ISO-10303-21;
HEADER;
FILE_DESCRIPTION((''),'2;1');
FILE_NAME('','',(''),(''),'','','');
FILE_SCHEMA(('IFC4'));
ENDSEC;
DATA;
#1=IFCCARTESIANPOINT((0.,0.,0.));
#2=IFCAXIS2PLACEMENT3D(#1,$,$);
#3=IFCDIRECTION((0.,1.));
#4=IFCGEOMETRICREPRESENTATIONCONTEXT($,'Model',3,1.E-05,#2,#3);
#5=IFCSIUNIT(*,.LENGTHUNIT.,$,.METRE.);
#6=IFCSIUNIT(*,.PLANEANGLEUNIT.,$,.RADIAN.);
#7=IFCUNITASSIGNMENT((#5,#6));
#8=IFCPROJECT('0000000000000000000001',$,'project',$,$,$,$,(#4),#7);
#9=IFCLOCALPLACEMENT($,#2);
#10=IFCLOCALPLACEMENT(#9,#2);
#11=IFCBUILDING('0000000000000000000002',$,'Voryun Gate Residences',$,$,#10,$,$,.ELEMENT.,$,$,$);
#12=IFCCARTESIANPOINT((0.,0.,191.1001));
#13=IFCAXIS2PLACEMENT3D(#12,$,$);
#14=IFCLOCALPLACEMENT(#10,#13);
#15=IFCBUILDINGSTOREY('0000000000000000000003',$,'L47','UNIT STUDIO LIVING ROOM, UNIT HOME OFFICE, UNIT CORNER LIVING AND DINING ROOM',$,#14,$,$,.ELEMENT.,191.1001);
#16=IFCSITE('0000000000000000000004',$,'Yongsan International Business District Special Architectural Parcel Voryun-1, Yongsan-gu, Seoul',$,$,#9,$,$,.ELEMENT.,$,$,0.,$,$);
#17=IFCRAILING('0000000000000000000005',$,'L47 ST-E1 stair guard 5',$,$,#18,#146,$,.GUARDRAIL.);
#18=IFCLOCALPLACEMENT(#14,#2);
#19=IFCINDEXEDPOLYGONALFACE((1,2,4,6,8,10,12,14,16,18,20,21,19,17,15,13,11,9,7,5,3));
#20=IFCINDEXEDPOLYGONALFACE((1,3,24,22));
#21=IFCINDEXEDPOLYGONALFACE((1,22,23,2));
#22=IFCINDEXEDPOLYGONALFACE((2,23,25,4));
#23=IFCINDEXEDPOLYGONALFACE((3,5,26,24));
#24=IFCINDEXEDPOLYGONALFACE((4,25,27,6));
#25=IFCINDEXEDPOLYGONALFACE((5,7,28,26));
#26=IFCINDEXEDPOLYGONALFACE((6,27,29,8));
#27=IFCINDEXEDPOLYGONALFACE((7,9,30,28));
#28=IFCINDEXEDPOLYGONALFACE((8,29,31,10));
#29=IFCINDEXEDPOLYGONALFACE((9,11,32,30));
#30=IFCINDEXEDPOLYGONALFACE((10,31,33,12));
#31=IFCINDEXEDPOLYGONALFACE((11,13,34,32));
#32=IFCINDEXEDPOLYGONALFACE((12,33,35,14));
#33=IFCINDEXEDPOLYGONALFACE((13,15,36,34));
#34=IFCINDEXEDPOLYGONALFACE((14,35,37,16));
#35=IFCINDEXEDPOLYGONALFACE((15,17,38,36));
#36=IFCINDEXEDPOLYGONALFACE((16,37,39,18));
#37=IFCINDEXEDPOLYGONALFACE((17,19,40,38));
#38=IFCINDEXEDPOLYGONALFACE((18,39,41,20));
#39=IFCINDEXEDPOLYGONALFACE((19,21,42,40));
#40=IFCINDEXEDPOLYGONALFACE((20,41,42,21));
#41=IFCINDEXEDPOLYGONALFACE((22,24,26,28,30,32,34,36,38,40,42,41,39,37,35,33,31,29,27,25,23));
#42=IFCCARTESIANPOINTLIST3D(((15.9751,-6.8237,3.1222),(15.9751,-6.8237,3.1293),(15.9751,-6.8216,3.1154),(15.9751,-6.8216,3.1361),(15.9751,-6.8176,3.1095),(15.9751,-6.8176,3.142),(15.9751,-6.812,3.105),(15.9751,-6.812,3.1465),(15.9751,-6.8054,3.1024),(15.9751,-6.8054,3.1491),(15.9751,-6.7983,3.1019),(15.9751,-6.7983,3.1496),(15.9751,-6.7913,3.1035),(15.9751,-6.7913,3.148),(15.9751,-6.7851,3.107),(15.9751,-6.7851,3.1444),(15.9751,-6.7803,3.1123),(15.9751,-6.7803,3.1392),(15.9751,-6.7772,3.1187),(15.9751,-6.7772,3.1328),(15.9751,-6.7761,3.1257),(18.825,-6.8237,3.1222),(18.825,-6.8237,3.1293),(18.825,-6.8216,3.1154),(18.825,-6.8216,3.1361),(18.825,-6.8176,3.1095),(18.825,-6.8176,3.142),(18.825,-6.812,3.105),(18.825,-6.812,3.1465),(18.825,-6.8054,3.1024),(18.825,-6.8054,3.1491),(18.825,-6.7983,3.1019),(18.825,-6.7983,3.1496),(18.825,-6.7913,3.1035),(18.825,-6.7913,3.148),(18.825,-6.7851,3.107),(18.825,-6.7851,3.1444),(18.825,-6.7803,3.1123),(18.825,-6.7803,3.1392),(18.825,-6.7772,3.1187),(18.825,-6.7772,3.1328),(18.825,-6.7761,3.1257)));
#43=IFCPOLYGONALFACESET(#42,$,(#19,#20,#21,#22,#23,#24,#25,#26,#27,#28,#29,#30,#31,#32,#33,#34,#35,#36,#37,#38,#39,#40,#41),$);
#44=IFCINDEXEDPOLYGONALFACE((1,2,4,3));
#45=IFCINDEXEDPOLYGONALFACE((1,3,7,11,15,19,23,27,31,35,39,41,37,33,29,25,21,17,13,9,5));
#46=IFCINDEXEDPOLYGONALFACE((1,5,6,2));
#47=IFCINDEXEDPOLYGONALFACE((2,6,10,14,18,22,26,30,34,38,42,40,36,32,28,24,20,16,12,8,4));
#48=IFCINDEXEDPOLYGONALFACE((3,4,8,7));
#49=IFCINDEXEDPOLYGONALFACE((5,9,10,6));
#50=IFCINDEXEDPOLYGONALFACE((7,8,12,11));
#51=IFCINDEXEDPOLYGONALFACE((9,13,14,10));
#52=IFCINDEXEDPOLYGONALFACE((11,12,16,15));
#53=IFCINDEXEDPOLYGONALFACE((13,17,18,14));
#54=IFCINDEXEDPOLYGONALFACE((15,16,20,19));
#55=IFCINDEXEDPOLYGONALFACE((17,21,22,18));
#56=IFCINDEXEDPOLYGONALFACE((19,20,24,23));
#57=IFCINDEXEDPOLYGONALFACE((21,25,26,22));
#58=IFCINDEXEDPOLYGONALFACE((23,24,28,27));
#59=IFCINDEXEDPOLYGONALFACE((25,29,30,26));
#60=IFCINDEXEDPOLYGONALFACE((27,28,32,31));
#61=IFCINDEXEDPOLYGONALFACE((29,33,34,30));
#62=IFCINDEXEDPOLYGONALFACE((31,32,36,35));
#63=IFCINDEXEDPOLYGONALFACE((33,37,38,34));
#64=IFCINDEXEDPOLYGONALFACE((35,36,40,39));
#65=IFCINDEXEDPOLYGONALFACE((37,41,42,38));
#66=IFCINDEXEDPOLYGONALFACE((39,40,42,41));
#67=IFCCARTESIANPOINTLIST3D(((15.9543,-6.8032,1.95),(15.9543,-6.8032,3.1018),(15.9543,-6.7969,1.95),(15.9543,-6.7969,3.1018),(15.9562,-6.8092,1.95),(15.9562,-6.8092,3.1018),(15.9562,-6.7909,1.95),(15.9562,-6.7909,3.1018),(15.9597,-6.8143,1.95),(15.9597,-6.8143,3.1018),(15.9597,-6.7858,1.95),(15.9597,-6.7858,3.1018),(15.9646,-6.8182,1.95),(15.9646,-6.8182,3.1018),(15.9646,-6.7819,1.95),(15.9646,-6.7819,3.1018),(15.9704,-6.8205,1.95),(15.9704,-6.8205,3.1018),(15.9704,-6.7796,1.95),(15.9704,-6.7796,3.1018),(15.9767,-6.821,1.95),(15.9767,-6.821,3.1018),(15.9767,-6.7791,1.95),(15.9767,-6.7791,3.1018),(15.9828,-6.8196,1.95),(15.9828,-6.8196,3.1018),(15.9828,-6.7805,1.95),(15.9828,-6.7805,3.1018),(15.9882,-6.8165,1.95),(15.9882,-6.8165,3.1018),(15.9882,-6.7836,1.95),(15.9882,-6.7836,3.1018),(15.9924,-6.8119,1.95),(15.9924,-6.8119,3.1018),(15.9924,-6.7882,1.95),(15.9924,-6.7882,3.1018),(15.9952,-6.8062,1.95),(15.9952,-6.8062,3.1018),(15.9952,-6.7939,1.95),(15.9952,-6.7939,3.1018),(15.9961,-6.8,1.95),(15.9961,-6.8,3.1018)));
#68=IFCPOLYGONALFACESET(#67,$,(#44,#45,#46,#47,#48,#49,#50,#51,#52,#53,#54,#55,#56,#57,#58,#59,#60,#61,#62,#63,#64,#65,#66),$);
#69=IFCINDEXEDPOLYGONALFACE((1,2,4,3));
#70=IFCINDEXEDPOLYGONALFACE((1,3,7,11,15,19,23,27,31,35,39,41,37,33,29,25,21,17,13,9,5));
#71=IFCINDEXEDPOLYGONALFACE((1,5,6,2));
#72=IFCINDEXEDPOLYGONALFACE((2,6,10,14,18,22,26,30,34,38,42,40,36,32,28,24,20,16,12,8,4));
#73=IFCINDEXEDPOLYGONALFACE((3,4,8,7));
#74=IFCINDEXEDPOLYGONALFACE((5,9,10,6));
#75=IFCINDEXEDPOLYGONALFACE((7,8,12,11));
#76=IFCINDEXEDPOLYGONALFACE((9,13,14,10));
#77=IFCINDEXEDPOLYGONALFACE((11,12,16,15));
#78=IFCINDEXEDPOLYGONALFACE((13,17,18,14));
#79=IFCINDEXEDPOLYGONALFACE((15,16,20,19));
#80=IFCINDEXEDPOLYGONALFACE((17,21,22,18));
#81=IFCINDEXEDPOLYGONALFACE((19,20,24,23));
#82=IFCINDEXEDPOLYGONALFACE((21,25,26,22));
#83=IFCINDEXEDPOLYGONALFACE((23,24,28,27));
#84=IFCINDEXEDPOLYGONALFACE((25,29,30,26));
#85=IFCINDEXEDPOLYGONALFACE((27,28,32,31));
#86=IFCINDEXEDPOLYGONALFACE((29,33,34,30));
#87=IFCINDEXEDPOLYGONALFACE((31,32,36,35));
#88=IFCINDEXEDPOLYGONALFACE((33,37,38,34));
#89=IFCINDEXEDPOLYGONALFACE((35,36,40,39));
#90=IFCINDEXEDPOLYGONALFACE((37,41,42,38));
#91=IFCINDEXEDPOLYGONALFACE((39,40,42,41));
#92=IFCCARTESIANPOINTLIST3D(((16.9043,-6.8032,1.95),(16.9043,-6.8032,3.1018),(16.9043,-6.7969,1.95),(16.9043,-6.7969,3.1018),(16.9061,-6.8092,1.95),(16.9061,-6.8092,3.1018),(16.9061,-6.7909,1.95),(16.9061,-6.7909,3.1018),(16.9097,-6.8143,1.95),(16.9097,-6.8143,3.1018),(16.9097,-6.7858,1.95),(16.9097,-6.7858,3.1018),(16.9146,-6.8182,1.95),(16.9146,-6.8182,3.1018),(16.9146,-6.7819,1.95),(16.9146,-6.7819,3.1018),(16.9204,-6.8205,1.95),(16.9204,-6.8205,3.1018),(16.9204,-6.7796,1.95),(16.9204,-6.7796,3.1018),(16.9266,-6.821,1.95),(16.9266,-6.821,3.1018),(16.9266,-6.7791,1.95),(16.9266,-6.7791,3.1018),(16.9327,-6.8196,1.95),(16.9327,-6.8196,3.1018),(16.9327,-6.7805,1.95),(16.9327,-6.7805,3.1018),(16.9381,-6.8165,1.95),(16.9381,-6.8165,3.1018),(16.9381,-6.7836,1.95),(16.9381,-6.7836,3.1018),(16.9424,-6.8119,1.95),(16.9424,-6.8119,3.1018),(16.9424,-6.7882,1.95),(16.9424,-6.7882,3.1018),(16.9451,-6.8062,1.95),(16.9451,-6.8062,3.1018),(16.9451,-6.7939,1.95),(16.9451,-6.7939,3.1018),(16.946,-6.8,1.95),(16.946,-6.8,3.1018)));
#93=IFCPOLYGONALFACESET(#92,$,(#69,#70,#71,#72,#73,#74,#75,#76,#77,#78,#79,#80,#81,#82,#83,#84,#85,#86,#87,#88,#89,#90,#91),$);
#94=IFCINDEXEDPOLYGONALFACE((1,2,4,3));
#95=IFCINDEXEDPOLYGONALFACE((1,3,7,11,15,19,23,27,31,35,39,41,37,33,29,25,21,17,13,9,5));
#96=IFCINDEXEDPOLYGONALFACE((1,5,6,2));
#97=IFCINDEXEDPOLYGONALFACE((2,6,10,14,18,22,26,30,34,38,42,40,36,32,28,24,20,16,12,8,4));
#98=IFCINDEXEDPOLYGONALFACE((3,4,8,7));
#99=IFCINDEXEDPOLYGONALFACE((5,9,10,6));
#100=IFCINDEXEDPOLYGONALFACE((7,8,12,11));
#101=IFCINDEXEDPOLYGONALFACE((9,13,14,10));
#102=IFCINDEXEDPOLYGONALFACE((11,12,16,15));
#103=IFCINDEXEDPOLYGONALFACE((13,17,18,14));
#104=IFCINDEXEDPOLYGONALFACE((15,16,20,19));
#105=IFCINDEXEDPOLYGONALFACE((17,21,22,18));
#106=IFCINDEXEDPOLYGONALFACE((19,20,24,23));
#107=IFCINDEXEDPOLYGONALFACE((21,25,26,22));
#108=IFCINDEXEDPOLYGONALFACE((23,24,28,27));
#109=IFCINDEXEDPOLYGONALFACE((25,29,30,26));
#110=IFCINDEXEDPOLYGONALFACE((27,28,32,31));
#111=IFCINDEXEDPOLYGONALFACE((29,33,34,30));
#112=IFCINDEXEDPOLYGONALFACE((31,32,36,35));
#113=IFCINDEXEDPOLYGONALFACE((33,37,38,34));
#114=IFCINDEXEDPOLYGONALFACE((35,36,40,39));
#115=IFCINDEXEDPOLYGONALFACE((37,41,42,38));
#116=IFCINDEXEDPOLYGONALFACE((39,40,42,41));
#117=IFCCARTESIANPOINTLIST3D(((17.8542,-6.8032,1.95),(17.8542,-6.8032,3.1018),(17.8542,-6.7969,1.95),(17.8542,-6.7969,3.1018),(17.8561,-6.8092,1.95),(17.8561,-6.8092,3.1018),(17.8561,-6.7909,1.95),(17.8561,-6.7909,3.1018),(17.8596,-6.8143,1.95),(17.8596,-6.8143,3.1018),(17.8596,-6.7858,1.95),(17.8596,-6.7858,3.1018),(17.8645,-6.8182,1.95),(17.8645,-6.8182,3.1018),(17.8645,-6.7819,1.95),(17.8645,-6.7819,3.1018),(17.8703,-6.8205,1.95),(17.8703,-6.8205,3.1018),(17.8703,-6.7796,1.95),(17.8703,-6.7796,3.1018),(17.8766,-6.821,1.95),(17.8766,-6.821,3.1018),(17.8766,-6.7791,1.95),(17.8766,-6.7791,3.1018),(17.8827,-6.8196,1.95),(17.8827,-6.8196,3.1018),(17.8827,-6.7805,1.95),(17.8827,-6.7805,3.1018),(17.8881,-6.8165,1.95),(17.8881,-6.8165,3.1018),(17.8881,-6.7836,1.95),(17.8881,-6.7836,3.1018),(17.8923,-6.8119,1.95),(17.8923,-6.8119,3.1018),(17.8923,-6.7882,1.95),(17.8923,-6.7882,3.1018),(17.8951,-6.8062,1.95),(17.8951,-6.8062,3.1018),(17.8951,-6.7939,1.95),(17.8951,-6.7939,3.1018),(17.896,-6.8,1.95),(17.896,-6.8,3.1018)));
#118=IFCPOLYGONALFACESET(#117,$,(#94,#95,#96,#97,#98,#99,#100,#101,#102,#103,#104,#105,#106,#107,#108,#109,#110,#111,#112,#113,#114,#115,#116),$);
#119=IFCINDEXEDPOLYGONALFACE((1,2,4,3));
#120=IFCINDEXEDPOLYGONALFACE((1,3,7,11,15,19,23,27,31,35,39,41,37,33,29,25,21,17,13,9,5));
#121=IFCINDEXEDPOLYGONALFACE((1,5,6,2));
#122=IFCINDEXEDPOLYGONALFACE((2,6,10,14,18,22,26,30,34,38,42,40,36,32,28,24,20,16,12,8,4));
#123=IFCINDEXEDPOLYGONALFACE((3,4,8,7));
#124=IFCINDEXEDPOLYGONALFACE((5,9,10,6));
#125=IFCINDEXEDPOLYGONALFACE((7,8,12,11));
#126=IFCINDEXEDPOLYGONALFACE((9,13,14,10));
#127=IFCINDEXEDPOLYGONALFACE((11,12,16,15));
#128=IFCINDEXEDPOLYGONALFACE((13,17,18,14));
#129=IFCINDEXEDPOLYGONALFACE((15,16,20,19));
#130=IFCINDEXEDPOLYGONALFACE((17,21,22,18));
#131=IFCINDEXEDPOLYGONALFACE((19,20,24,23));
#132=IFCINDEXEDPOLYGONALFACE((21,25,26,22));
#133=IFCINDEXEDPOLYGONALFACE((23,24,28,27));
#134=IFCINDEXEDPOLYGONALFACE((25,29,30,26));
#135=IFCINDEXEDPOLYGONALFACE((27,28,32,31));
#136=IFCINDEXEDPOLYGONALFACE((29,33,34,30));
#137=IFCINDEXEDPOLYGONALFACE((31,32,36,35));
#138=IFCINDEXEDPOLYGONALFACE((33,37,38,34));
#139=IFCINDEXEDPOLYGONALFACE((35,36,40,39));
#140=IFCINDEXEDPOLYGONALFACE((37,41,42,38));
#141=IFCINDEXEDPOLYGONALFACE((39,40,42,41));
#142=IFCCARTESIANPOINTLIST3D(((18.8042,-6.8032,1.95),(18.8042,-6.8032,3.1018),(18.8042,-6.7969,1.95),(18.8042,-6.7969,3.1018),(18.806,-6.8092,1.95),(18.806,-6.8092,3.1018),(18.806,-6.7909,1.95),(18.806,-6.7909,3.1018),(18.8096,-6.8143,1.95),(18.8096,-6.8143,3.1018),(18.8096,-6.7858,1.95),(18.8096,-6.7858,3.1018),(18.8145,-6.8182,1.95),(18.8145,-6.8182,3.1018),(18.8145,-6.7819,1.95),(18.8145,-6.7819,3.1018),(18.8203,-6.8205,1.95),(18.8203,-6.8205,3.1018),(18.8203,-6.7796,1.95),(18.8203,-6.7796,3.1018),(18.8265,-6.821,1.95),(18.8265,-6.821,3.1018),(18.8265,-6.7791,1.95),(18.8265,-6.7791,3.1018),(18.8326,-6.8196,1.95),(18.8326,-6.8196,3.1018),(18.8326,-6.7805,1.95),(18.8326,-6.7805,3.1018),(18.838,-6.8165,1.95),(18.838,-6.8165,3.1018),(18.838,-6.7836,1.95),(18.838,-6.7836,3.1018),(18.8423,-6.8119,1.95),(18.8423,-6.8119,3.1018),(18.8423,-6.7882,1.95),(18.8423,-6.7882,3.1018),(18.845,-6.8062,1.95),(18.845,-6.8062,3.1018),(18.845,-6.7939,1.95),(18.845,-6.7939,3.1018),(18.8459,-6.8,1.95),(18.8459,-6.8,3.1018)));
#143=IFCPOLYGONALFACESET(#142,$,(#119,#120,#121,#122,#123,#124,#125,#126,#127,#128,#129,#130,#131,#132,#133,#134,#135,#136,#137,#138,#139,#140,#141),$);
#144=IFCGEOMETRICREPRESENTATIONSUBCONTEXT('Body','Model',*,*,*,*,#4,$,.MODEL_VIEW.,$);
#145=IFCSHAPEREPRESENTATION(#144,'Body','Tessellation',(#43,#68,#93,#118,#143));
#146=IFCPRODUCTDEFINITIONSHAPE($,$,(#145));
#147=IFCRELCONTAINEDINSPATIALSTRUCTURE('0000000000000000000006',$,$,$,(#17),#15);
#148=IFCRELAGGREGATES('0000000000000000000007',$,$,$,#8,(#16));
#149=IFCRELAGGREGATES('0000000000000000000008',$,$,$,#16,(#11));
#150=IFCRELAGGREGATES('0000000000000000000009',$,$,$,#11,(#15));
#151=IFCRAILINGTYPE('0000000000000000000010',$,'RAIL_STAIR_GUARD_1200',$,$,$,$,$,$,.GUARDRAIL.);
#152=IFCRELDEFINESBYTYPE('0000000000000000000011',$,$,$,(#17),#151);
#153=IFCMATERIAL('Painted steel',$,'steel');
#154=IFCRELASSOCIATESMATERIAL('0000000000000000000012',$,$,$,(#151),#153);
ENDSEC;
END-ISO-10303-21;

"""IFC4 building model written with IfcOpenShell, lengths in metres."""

from ifc_helpers import new_model, si_unit, direction, frame, origin, origin_2d, place, context, subcontext, project, spatial, circle, extrude, material, type_object, element, save


model = new_model("IFC4")

# Units and contexts
model_context = context("Model", 3, precision=1e-05, world=origin(), true_north=direction((0.0, 1.0)))
body_context = subcontext(model_context, "Body", "Model", "MODEL_VIEW")
ifc_project = project(units=[si_unit("LENGTHUNIT", "METRE"), si_unit("PLANEANGLEUNIT", "RADIAN")], contexts=[model_context])

# Site, building, storey
site_placement = place(None, origin())
site = spatial("IfcSite", under=ifc_project, at=site_placement, Name="Yongsan International Business District Special Architectural Parcel Voryun-1, Yongsan-gu, Seoul", CompositionType="ELEMENT", RefElevation=0.0)
building_placement = place(site_placement, origin())
building = spatial("IfcBuilding", under=site, at=building_placement, Name="Voryun Gate Residences", CompositionType="ELEMENT")
storey_placement = place(building_placement, frame((0.0, 0.0, 191.1001)))
storey = spatial("IfcBuildingStorey", under=building, at=storey_placement, Name="L47", Description="UNIT STUDIO LIVING ROOM, UNIT HOME OFFICE, UNIT CORNER LIVING AND DINING ROOM", CompositionType="ELEMENT", Elevation=191.1001)

# Railing
ifc_material_1 = material(Name="Painted steel", Category="steel")
railing_type = type_object("IfcRailingType", Name="RAIL_STAIR_GUARD_1200", PredefinedType="GUARDRAIL", material=ifc_material_1)
railing_1_placement = place(storey_placement, frame((15.9751, -6.8, 1.95)))
element("IfcRailing", 1, at=railing_1_placement, inside=storey, type_object=railing_type, Name="L47 ST-E1 stair guard 5", PredefinedType="GUARDRAIL", context=body_context, shape_type="SweptSolid", body=[
    extrude(circle(Radius=0.0239, at=origin_2d()), frame((0.0, 0.0, 1.1758), z_axis=(1.0, 0.0, 0.0), x_axis=(0.0, 1.0, 0.0)), (0.0, 0.0, 1.0), 2.8499),
    extrude(circle(Radius=0.021, at=origin_2d()), origin(), (0.0, 0.0, 1.0), 1.1519),
    extrude(circle(Radius=0.021, at=origin_2d()), frame((0.95, 0.0, 0.0)), (0.0, 0.0, 1.0), 1.1519),
    extrude(circle(Radius=0.021, at=origin_2d()), frame((1.8999, 0.0, 0.0)), (0.0, 0.0, 1.0), 1.1519),
    extrude(circle(Radius=0.021, at=origin_2d()), frame((2.8499, 0.0, 0.0)), (0.0, 0.0, 1.0), 1.1519),
])

save(model, "model.ifc")
